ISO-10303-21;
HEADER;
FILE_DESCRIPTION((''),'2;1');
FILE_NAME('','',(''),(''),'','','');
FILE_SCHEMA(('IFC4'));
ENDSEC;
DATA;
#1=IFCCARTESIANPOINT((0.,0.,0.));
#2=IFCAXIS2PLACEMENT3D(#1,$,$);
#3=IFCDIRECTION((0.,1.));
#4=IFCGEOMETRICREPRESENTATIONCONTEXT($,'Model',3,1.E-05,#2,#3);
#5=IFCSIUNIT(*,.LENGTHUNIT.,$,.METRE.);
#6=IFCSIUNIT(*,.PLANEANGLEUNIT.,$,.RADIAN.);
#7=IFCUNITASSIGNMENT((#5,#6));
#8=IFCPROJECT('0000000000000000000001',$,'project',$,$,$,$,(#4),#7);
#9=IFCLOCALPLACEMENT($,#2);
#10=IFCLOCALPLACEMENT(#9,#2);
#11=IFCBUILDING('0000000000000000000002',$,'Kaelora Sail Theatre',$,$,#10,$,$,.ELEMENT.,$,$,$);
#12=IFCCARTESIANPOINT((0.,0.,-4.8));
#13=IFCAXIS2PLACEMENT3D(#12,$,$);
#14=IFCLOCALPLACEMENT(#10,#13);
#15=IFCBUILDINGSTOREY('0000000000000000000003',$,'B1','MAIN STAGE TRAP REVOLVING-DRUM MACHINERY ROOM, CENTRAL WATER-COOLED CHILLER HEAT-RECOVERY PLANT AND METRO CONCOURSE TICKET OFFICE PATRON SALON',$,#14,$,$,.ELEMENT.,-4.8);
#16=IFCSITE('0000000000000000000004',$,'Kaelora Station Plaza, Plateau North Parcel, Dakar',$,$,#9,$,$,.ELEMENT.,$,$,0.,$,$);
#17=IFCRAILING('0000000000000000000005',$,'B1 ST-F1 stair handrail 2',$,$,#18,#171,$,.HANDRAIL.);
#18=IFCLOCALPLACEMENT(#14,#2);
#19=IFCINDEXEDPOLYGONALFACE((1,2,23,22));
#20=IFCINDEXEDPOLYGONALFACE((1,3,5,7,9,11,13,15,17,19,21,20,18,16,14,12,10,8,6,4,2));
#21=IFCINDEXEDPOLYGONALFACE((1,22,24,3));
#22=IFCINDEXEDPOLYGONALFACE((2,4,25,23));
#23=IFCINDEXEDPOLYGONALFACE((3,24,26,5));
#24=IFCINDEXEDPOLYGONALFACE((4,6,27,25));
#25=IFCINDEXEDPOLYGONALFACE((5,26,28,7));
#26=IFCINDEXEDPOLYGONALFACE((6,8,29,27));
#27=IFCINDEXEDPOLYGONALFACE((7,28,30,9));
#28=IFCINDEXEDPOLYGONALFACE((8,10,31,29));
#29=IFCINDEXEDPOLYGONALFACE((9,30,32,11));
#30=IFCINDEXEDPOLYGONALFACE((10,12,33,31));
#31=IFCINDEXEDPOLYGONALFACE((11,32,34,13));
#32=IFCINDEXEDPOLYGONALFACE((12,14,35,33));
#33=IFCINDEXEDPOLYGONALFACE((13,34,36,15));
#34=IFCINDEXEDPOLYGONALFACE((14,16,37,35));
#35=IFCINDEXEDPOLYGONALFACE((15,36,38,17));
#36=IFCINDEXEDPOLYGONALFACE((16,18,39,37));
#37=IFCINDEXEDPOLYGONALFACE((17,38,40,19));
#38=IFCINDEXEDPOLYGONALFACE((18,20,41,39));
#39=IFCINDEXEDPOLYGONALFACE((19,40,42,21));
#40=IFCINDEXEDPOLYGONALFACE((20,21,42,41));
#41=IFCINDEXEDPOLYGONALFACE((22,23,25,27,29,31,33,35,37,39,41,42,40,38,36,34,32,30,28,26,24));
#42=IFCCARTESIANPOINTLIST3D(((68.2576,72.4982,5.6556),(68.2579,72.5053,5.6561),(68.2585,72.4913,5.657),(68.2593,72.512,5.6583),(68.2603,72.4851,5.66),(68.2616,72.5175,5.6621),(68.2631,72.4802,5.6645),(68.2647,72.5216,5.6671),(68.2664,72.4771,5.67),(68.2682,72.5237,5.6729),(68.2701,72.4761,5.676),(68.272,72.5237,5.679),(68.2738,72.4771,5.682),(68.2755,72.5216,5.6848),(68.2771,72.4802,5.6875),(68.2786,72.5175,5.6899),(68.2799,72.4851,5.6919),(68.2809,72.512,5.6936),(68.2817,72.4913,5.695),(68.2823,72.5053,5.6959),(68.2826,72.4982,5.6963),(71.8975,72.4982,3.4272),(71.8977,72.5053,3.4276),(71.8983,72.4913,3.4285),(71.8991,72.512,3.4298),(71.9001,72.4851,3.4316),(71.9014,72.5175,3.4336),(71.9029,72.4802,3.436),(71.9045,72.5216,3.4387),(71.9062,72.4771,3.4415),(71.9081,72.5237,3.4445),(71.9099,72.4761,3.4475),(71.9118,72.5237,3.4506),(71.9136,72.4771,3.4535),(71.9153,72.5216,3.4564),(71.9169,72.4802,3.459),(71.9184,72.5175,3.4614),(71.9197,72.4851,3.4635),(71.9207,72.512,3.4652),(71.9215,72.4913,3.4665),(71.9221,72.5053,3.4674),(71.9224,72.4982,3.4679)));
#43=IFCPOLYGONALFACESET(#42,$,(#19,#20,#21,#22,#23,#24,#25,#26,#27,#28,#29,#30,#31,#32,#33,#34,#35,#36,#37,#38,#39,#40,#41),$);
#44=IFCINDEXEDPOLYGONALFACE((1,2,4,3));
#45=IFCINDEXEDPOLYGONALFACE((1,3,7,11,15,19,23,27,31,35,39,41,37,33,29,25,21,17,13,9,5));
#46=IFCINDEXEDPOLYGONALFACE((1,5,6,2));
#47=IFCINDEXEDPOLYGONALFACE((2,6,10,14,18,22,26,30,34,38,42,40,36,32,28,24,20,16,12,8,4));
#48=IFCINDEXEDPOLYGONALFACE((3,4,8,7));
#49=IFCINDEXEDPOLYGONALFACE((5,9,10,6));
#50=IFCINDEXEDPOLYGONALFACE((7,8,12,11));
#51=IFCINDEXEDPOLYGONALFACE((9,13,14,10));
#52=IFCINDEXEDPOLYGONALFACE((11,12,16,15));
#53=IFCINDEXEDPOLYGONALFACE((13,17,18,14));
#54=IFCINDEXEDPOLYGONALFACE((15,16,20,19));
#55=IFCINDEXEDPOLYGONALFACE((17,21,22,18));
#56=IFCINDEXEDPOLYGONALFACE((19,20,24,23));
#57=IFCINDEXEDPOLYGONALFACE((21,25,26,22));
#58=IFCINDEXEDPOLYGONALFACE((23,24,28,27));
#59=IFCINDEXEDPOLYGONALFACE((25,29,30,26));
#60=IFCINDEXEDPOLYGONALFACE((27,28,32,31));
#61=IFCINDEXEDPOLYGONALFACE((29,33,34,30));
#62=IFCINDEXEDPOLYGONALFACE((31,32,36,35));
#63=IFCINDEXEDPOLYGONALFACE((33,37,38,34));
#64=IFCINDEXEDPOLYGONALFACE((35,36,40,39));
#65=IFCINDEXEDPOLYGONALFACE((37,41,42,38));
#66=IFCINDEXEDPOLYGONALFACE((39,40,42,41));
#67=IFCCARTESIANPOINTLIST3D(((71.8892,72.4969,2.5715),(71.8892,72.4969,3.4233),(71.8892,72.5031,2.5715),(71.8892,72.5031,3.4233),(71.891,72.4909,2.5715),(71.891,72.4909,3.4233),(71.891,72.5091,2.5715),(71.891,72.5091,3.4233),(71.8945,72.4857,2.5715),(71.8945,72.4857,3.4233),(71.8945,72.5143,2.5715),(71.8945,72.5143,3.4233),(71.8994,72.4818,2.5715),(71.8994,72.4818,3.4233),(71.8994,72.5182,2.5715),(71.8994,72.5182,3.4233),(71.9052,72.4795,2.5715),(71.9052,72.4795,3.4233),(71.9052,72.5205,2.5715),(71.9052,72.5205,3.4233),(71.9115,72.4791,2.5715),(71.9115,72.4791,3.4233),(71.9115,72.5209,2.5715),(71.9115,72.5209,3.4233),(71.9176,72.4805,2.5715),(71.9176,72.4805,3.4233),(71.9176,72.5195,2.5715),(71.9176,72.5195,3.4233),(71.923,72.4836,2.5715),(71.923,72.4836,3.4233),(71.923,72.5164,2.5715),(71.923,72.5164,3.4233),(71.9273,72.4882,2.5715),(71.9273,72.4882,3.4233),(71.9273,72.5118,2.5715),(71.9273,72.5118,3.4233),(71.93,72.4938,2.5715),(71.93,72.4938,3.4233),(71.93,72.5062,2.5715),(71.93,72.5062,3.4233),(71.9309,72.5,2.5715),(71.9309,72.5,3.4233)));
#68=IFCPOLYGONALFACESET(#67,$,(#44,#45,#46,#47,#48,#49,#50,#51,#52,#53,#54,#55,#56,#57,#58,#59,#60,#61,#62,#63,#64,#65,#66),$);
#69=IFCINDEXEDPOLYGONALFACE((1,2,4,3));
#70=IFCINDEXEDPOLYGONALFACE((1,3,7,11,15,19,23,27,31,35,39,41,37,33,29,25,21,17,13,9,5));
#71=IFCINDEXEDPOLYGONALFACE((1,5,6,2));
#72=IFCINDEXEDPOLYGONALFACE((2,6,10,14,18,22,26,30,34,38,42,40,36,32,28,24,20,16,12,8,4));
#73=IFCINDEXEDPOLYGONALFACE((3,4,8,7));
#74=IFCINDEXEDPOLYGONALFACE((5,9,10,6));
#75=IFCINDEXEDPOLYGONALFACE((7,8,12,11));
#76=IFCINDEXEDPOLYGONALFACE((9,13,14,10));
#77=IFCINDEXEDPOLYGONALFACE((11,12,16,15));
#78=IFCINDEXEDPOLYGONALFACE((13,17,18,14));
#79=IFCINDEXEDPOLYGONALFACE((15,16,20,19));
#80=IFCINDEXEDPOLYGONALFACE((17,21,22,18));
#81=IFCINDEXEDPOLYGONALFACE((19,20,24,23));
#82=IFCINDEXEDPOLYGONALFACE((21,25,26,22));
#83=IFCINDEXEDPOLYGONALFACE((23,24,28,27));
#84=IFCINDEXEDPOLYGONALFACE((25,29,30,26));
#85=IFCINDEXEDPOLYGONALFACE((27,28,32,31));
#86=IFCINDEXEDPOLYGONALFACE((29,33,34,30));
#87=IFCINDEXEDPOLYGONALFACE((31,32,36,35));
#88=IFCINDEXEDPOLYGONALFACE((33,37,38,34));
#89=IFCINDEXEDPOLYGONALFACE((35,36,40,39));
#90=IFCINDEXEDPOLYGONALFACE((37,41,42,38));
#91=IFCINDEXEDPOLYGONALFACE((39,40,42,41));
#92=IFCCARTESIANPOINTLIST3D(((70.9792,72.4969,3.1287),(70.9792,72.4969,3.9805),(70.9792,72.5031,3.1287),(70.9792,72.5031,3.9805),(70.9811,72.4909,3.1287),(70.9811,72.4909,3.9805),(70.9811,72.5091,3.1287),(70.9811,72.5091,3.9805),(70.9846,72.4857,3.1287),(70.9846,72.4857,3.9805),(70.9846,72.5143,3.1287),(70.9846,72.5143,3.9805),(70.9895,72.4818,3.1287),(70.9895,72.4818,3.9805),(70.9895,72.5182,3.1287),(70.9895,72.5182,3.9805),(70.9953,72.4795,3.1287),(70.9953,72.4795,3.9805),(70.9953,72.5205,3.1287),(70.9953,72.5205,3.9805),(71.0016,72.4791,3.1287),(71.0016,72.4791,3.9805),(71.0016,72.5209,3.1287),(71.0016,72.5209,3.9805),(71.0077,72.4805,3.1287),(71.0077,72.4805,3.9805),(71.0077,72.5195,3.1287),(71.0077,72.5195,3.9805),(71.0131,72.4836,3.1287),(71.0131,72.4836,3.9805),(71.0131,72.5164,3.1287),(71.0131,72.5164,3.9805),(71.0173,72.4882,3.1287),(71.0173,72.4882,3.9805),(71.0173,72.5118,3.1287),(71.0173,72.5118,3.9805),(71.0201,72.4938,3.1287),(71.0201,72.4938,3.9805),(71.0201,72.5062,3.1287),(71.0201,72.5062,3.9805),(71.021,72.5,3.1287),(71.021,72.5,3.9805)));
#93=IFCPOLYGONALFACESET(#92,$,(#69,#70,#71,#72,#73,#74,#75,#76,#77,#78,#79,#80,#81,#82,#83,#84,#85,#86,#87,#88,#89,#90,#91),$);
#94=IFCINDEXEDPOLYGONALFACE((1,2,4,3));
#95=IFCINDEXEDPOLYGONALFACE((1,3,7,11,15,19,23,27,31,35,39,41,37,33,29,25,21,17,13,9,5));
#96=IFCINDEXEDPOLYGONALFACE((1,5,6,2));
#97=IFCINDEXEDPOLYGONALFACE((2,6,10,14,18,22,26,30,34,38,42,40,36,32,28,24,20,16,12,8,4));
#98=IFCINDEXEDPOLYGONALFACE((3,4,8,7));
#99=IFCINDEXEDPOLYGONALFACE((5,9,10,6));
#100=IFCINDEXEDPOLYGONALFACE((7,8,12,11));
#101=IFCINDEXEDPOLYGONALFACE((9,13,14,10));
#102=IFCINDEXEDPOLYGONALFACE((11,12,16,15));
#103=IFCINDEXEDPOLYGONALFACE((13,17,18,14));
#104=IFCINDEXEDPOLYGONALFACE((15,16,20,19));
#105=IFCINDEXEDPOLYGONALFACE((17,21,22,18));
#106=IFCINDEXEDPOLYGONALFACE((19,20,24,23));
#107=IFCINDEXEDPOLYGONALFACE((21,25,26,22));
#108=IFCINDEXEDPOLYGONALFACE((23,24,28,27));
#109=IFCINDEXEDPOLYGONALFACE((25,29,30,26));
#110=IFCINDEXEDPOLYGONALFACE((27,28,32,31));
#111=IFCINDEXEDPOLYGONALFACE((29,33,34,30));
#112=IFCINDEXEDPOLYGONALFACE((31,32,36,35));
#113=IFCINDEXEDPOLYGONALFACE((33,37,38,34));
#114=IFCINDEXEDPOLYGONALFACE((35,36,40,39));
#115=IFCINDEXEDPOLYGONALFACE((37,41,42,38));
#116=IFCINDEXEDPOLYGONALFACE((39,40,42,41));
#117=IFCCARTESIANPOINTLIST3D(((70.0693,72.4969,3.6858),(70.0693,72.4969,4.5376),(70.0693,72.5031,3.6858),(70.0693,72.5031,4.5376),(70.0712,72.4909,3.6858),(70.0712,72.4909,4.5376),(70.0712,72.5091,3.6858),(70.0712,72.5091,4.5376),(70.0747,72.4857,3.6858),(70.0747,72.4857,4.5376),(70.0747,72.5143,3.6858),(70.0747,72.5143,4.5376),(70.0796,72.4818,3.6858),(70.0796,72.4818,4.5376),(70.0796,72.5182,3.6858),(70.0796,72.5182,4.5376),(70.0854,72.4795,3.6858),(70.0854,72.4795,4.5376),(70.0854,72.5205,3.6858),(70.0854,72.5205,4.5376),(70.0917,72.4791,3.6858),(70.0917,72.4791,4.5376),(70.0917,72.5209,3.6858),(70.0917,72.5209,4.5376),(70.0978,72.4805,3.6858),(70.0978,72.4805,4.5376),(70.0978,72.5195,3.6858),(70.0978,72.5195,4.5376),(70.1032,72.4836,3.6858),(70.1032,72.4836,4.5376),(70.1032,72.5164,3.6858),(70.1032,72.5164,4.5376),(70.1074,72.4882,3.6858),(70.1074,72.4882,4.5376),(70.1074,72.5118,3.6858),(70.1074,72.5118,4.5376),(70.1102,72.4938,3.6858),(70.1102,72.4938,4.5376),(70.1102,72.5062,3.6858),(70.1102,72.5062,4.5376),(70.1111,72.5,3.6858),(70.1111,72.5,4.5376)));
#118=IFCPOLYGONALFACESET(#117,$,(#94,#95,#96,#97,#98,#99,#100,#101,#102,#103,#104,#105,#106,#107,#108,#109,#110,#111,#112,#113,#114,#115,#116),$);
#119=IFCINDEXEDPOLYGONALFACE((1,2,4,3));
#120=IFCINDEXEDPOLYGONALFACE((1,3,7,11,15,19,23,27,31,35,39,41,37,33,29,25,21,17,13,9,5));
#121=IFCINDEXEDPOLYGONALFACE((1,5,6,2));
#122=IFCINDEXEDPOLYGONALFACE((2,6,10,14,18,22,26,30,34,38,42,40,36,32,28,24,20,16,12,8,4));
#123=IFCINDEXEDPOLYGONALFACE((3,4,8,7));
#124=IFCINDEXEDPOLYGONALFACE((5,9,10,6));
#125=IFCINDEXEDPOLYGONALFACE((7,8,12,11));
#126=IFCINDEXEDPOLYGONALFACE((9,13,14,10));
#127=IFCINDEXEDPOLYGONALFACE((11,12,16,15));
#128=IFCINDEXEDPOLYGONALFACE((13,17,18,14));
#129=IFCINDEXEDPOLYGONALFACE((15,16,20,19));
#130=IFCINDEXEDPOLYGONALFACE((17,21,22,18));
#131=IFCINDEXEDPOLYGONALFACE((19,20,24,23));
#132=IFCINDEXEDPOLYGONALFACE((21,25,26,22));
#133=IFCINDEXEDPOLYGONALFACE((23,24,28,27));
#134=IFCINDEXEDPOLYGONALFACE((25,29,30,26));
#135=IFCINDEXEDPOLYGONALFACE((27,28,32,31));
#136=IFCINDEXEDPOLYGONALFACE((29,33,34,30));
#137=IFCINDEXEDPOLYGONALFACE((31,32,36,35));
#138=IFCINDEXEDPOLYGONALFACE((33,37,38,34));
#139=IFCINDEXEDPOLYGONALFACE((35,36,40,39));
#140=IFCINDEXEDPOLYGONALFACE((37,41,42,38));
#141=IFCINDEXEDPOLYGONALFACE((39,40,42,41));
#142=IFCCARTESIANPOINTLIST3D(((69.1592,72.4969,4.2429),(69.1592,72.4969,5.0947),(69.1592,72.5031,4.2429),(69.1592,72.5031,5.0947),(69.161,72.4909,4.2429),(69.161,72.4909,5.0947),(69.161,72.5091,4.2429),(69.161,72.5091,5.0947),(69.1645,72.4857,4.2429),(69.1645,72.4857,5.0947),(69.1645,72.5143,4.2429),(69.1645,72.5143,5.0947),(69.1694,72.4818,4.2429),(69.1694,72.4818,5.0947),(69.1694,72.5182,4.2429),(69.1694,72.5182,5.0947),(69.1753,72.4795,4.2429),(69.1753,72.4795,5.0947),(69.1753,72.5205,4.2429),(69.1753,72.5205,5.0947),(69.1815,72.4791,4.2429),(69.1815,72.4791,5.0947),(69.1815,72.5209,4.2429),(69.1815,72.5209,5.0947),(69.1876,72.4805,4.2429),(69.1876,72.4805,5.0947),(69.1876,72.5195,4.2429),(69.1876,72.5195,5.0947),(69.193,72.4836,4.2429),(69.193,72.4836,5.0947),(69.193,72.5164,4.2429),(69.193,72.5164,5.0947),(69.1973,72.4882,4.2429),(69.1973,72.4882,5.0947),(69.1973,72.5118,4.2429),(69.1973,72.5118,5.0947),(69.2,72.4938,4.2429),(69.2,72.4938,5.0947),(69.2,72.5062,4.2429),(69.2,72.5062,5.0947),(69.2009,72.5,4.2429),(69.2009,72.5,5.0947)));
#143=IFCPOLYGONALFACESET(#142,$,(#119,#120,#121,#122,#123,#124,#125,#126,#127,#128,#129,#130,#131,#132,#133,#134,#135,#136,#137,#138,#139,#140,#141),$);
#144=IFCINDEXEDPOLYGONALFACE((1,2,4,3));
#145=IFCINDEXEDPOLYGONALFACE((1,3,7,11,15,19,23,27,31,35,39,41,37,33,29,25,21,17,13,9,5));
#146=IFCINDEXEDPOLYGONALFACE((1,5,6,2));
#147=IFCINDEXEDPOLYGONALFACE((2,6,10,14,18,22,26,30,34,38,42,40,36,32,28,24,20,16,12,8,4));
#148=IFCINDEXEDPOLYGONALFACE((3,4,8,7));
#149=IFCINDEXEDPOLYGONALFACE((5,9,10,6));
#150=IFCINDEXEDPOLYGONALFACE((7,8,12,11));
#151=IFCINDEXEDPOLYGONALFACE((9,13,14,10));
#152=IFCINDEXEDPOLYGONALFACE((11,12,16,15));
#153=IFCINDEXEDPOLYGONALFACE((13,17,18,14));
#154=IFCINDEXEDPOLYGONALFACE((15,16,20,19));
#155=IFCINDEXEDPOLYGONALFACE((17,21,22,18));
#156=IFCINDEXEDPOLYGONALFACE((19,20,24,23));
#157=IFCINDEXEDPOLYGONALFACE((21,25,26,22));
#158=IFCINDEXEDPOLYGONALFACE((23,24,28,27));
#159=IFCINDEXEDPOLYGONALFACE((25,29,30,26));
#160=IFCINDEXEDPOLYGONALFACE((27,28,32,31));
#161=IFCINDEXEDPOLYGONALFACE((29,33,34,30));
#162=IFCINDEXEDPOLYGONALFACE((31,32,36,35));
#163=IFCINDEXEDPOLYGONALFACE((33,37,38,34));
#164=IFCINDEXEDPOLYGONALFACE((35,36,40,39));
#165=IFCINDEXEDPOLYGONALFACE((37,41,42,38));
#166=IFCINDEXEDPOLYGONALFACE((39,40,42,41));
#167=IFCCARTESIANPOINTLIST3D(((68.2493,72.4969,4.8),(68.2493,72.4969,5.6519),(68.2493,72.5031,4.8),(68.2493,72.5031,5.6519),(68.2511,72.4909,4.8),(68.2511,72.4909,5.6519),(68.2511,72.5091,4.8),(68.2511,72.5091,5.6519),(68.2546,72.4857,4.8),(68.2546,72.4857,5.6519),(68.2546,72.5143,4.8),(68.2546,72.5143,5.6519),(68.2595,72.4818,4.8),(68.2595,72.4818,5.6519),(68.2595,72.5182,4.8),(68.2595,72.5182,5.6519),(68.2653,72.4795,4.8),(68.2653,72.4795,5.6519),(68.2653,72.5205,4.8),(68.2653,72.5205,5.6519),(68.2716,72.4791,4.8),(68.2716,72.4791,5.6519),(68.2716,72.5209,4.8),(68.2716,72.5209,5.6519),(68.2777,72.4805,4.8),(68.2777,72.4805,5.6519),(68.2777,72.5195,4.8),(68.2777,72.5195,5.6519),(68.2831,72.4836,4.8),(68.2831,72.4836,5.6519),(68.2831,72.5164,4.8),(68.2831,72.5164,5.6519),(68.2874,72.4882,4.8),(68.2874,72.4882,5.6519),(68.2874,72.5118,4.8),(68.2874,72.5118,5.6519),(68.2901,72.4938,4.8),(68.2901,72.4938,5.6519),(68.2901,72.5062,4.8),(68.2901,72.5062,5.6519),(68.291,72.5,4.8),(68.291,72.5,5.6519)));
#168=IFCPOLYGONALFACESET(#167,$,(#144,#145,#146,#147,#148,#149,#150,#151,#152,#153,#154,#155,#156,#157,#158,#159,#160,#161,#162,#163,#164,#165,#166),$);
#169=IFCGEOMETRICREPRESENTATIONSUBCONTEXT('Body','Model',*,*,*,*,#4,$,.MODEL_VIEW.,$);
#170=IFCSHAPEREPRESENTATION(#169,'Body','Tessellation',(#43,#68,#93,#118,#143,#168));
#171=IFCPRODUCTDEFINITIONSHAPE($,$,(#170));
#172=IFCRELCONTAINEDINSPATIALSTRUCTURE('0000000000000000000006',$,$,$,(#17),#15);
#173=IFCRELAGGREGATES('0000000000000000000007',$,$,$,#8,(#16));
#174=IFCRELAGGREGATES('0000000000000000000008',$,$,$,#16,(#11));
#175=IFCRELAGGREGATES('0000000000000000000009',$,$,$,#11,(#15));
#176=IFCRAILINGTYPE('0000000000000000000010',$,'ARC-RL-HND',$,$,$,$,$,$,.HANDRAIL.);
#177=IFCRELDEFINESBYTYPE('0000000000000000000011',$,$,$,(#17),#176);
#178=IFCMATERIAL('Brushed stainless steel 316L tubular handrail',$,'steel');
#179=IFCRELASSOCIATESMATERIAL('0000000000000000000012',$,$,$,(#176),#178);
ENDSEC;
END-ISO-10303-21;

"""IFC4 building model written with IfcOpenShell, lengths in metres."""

from ifc_helpers import new_model, si_unit, direction, frame, origin, origin_2d, place, context, subcontext, project, spatial, circle, extrude, material, type_object, element, save


model = new_model("IFC4")

# Units and contexts
model_context = context("Model", 3, precision=1e-05, world=origin(), true_north=direction((0.0, 1.0)))
body_context = subcontext(model_context, "Body", "Model", "MODEL_VIEW")
ifc_project = project(units=[si_unit("LENGTHUNIT", "METRE"), si_unit("PLANEANGLEUNIT", "RADIAN")], contexts=[model_context])

# Site, building, storey
site_placement = place(None, origin())
site = spatial("IfcSite", under=ifc_project, at=site_placement, Name="Kaelora Station Plaza, Plateau North Parcel, Dakar", CompositionType="ELEMENT", RefElevation=0.0)
building_placement = place(site_placement, origin())
building = spatial("IfcBuilding", under=site, at=building_placement, Name="Kaelora Sail Theatre", CompositionType="ELEMENT")
storey_placement = place(building_placement, frame((0.0, 0.0, -4.8)))
storey = spatial("IfcBuildingStorey", under=building, at=storey_placement, Name="B1", Description="MAIN STAGE TRAP REVOLVING-DRUM MACHINERY ROOM, CENTRAL WATER-COOLED CHILLER HEAT-RECOVERY PLANT AND METRO CONCOURSE TICKET OFFICE PATRON SALON", CompositionType="ELEMENT", Elevation=-4.8)

# Railing
ifc_material_1 = material(Name="Brushed stainless steel 316L tubular handrail", Category="steel")
railing_type_1 = type_object("IfcRailingType", Name="ARC-RL-HND", PredefinedType="HANDRAIL", material=ifc_material_1)
railing_1_placement = place(storey_placement, frame((71.9099, 72.5, 2.5715)))
element("IfcRailing", 1, at=railing_1_placement, inside=storey, type_object=railing_type_1, Name="B1 ST-F1 stair handrail 2", PredefinedType="HANDRAIL", context=body_context, shape_type="SweptSolid", body=[
    extrude(circle(Radius=0.0239, at=origin_2d()), frame((0.0, 0.0, 0.876), z_axis=(-0.85285, 0.0, 0.522156), x_axis=(0.0, -1.0, 0.0)), (0.0, 0.0, 1.0), 4.2678),
    extrude(circle(Radius=0.021, at=origin_2d()), origin(), (0.0, 0.0, 1.0), 0.8518),
    extrude(circle(Radius=0.021, at=origin_2d()), frame((-0.9099, 0.0, 0.5571)), (0.0, 0.0, 1.0), 0.8518),
    extrude(circle(Radius=0.021, at=origin_2d()), frame((-1.8198, 0.0, 1.1143)), (0.0, 0.0, 1.0), 0.8518),
    extrude(circle(Radius=0.021, at=origin_2d()), frame((-2.73, 0.0, 1.6714)), (0.0, 0.0, 1.0), 0.8518),
    extrude(circle(Radius=0.021, at=origin_2d()), frame((-3.6399, 0.0, 2.2285)), (0.0, 0.0, 1.0), 0.8518),
])

save(model, "model.ifc")
